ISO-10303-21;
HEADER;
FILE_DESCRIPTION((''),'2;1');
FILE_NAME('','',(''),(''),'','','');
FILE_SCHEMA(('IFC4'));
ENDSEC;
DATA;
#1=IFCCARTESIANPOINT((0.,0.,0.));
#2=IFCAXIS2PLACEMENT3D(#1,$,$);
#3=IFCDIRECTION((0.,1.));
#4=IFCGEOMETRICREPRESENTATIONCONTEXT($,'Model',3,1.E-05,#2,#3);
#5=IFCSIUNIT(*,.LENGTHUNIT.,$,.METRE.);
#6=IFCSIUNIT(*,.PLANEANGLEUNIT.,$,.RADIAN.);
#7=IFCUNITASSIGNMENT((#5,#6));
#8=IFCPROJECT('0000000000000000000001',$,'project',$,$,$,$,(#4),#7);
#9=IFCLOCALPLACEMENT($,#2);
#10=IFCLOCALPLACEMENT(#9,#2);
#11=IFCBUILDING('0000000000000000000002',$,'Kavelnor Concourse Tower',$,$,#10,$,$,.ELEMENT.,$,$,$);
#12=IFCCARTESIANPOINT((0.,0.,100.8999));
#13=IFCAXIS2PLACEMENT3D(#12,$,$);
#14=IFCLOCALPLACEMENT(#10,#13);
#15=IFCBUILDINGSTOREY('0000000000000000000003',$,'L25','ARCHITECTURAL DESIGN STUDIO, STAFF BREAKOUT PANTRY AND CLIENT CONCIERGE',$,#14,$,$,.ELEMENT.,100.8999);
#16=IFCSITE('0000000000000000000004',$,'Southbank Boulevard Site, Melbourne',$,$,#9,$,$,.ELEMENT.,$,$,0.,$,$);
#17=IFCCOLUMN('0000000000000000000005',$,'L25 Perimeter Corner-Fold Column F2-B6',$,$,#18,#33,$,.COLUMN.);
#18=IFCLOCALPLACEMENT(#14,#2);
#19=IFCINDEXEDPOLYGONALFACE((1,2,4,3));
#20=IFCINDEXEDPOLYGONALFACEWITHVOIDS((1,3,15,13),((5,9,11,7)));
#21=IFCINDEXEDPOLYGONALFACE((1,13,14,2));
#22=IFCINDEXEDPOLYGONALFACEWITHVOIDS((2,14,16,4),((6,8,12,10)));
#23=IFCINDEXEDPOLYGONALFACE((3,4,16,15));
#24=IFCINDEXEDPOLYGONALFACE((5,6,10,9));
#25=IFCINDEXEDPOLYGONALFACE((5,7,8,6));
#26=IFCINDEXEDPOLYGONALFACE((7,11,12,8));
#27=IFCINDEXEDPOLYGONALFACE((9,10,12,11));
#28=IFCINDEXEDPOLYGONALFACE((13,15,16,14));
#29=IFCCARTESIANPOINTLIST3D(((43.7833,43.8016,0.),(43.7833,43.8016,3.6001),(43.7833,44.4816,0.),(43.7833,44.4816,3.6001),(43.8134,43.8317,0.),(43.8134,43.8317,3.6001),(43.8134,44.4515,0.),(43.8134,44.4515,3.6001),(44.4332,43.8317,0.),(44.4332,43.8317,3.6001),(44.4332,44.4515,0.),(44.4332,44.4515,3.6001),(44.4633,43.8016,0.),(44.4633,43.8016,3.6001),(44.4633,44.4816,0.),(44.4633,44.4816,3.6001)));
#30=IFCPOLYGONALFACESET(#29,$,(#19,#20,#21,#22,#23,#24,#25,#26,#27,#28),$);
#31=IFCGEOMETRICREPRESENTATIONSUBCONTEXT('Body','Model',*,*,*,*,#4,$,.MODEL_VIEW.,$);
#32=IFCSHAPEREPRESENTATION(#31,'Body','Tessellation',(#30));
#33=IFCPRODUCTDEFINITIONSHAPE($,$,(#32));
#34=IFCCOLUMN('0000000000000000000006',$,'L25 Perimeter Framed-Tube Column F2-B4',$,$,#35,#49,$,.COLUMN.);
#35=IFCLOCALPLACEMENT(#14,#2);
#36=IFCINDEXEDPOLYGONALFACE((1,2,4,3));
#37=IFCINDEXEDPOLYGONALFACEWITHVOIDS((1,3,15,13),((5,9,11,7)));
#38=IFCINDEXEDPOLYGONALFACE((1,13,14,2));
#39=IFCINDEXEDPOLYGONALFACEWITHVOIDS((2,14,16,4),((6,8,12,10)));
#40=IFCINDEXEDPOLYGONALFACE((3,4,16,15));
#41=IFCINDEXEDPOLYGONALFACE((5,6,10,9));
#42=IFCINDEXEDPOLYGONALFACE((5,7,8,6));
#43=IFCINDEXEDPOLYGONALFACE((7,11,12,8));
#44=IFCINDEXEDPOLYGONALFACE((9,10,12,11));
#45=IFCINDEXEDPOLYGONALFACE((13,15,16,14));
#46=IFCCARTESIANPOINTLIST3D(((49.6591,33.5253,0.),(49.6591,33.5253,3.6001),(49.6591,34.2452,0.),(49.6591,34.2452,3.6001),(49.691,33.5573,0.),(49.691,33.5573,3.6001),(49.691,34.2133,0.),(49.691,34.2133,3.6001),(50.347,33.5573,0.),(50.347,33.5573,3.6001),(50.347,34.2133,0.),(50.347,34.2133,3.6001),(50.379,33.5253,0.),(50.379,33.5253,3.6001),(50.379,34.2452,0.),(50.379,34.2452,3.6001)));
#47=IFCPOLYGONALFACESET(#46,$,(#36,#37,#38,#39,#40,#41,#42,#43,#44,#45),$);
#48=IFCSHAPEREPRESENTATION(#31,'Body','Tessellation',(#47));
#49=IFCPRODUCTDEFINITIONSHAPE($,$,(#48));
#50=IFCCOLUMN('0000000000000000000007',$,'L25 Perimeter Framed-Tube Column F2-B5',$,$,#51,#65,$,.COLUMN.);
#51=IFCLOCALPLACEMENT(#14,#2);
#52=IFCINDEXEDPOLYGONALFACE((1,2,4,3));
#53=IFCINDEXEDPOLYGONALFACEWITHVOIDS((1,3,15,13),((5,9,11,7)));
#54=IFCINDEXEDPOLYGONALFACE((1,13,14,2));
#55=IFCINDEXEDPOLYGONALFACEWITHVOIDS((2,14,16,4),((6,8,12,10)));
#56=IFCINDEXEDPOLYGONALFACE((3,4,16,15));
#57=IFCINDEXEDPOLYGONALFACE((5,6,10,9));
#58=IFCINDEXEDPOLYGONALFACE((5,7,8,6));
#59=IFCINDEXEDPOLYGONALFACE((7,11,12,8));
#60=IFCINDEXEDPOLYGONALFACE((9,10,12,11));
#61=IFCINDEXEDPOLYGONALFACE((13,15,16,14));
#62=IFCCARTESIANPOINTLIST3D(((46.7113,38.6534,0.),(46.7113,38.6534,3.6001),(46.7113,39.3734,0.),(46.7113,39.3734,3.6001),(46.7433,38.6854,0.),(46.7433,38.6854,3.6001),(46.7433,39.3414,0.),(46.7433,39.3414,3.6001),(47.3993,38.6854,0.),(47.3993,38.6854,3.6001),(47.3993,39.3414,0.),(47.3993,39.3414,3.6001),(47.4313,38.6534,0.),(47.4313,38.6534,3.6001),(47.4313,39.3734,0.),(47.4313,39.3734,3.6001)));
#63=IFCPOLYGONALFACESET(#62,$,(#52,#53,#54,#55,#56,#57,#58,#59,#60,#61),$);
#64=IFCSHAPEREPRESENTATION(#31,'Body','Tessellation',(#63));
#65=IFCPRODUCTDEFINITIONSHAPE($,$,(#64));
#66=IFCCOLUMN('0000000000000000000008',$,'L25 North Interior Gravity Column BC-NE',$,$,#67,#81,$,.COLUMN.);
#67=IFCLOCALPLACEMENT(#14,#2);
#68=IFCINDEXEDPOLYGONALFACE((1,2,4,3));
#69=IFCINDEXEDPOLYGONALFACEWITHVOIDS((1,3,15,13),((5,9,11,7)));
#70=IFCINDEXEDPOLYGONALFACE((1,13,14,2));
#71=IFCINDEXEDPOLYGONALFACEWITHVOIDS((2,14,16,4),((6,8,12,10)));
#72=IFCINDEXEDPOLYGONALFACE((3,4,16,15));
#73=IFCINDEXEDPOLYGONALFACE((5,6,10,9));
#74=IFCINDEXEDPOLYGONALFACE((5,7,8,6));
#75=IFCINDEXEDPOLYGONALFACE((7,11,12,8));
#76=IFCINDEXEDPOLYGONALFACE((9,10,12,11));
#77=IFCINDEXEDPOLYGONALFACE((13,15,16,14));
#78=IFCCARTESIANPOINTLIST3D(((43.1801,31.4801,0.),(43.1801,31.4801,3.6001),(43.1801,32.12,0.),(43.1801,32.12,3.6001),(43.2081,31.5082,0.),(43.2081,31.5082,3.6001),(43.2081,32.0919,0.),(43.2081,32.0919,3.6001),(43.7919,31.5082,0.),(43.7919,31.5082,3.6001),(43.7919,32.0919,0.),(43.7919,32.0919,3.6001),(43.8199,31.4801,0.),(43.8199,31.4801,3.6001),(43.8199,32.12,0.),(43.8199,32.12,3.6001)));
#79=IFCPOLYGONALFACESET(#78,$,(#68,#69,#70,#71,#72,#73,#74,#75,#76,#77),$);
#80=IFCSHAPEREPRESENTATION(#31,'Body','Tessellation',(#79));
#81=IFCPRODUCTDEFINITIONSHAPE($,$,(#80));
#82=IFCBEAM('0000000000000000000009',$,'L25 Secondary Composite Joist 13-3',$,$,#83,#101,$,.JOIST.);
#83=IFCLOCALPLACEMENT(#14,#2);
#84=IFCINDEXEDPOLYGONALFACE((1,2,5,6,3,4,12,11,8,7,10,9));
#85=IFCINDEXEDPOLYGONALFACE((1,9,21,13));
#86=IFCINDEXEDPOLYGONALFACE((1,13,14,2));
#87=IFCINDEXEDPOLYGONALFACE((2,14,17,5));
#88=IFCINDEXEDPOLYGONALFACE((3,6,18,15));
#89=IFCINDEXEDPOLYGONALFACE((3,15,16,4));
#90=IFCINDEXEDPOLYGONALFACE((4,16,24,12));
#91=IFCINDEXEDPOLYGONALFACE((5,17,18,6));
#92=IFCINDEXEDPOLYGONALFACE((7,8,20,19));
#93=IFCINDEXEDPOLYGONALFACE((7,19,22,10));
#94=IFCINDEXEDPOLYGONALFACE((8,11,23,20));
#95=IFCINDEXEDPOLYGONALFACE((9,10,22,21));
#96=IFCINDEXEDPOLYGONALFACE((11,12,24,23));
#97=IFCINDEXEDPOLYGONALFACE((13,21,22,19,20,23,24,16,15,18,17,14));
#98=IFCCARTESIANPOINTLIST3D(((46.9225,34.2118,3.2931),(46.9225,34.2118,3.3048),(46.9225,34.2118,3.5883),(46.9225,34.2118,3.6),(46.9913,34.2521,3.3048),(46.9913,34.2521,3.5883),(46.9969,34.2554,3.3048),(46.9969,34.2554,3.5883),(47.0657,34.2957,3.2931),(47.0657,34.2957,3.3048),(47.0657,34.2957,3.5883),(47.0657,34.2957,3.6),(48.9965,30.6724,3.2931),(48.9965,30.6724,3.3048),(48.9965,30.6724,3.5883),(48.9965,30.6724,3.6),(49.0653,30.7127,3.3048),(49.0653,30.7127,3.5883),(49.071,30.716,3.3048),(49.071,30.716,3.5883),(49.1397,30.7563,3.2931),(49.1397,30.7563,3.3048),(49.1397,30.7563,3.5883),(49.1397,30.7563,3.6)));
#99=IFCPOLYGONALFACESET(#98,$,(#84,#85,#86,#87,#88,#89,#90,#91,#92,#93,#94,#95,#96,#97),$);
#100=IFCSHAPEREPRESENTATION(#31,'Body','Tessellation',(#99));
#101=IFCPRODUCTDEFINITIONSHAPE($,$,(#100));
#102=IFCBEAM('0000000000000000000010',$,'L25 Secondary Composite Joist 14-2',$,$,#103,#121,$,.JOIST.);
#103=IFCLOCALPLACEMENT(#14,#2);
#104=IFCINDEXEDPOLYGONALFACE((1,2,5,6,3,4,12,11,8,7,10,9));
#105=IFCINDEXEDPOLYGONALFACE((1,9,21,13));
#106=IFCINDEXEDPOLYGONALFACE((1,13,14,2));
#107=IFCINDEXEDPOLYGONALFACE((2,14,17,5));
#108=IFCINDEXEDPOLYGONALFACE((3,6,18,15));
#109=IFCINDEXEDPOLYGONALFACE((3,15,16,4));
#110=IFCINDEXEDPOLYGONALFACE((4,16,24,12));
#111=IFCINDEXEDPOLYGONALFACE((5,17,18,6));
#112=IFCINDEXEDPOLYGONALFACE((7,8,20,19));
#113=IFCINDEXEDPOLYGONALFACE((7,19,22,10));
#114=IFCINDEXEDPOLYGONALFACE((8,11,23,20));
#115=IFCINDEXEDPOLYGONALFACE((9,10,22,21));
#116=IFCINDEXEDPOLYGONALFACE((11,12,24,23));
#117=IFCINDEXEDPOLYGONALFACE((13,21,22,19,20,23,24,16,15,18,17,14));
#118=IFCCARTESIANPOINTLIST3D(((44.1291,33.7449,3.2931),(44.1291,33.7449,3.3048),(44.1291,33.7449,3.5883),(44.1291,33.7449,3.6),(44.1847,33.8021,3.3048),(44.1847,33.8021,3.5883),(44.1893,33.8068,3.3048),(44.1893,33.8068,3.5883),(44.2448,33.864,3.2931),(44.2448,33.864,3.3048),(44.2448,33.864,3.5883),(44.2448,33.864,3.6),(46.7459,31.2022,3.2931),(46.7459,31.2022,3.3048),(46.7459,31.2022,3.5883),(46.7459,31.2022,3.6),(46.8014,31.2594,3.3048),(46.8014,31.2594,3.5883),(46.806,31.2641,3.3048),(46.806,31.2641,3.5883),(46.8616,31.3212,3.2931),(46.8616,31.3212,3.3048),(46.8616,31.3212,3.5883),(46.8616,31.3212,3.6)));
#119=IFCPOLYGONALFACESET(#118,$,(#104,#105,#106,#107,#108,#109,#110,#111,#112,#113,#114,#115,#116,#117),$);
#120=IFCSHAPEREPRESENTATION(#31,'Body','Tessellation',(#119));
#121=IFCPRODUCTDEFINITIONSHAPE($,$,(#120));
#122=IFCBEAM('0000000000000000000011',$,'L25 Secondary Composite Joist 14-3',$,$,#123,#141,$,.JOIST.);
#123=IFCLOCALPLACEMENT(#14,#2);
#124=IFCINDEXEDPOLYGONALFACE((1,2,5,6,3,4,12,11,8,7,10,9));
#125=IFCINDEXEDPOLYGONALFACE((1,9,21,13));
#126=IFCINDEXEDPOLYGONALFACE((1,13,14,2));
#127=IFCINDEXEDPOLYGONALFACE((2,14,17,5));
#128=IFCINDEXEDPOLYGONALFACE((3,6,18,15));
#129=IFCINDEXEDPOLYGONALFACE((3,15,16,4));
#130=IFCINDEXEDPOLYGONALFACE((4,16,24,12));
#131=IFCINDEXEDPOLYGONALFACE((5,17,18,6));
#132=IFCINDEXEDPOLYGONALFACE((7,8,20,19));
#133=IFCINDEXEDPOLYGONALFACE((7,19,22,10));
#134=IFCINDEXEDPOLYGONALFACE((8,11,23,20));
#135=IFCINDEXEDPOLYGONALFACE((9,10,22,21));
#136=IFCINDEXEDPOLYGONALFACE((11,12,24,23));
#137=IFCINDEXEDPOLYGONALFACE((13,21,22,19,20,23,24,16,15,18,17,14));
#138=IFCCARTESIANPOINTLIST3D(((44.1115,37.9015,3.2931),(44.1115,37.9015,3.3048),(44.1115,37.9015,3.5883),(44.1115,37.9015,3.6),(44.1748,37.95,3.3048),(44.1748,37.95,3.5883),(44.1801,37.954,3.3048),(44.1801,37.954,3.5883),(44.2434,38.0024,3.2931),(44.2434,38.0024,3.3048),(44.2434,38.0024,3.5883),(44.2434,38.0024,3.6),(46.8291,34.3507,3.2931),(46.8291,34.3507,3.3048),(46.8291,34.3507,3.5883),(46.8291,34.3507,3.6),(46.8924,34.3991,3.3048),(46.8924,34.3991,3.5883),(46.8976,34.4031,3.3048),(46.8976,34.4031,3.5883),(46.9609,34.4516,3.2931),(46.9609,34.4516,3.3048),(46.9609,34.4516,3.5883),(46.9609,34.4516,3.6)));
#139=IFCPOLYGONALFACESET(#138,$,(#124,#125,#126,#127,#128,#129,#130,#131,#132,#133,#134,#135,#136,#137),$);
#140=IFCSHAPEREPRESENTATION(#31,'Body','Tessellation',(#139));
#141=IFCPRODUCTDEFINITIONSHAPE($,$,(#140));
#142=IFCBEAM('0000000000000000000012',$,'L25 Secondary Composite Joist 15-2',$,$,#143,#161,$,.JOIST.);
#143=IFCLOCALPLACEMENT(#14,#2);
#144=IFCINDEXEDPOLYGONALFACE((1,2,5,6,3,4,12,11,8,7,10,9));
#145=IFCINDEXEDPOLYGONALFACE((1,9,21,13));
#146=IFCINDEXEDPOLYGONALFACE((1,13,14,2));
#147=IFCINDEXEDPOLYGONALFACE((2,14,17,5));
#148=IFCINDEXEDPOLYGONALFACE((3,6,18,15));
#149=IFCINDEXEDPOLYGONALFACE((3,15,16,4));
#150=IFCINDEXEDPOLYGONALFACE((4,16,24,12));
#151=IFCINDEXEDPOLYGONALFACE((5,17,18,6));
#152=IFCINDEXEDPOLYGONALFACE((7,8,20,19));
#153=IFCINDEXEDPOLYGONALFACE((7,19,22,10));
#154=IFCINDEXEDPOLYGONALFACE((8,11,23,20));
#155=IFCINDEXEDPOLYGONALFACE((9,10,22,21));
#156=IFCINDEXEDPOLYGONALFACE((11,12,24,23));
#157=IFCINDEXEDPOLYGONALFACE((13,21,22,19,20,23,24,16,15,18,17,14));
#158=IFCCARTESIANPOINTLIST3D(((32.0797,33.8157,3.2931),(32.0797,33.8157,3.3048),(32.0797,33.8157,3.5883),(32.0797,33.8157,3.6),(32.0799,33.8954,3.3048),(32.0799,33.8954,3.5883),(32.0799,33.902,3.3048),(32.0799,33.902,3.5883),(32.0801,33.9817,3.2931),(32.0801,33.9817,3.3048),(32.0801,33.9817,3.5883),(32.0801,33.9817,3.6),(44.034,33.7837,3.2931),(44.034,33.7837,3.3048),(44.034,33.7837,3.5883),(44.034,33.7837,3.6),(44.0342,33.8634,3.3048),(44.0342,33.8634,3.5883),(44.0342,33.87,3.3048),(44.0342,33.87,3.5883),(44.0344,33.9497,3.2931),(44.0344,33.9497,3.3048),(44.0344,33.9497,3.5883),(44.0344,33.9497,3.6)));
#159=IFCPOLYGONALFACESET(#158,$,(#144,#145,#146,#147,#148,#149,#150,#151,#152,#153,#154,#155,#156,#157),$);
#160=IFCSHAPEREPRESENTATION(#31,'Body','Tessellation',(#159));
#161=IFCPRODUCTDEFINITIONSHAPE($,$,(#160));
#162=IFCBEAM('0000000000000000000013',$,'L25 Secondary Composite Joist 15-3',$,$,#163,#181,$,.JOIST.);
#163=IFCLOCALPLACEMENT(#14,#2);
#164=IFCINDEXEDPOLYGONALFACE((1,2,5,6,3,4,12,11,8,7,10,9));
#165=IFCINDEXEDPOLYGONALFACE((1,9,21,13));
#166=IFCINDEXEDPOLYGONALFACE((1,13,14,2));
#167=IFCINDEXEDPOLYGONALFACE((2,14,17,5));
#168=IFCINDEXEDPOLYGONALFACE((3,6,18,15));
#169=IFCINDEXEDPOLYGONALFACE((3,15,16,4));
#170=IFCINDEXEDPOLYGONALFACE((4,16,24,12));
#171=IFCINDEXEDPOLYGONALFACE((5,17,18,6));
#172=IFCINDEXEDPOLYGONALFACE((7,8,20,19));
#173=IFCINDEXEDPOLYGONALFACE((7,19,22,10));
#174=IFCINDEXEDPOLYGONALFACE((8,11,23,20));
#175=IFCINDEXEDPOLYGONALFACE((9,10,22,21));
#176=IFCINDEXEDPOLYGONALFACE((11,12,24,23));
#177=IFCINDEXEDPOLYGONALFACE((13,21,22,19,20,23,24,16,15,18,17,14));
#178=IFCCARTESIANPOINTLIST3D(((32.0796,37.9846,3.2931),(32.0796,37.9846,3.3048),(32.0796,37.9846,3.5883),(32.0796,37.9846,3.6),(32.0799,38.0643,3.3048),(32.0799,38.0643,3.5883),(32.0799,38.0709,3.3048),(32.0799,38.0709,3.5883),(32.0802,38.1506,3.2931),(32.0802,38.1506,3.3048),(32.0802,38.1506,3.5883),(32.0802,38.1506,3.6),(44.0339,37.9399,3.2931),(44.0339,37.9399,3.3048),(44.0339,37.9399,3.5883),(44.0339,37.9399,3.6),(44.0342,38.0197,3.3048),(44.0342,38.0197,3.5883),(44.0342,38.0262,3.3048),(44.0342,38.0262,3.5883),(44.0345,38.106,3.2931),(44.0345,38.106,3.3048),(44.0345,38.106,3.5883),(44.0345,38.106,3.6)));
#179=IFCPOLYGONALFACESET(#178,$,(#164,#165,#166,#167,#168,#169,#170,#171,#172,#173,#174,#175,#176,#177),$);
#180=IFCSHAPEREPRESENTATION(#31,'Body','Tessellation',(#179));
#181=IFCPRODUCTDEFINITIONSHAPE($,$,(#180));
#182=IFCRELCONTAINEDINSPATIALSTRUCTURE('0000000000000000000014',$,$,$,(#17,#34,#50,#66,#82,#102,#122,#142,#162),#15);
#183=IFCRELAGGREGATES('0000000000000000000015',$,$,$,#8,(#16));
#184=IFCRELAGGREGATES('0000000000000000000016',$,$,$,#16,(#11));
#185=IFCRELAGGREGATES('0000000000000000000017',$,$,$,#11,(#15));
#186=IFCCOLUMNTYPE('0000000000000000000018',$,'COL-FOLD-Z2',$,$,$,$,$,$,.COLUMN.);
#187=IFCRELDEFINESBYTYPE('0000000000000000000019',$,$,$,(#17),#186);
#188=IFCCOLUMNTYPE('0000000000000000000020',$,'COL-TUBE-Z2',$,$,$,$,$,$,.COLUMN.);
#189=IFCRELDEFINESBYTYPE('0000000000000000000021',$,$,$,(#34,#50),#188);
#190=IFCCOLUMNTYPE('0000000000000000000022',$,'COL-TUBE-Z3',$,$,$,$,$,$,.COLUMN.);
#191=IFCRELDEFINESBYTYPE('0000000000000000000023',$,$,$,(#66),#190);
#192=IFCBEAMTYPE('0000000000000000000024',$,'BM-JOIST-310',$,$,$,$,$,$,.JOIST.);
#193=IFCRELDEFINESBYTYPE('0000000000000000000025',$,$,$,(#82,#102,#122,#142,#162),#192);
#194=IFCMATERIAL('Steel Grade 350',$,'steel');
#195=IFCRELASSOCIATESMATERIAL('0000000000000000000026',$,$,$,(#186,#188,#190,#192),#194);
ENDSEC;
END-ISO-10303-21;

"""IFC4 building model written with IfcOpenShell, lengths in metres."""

from ifc_helpers import new_model, si_unit, direction, frame, origin, origin_2d, place, context, subcontext, project, spatial, hollow_rectangle, i_section, extrude, material, material_profile, profile_set, type_object, element, save


model = new_model("IFC4")

# Units and contexts
model_context = context("Model", 3, precision=1e-05, world=origin(), true_north=direction((0.0, 1.0)))
body_context = subcontext(model_context, "Body", "Model", "MODEL_VIEW")
ifc_project = project(units=[si_unit("LENGTHUNIT", "METRE"), si_unit("PLANEANGLEUNIT", "RADIAN")], contexts=[model_context])

# Site, building, storey
site_placement = place(None, origin())
site = spatial("IfcSite", under=ifc_project, at=site_placement, Name="Southbank Boulevard Site, Melbourne", CompositionType="ELEMENT", RefElevation=0.0)
building_placement = place(site_placement, origin())
building = spatial("IfcBuilding", under=site, at=building_placement, Name="Kavelnor Concourse Tower", CompositionType="ELEMENT")
storey_placement = place(building_placement, frame((0.0, 0.0, 100.8999)))
storey = spatial("IfcBuildingStorey", under=building, at=storey_placement, Name="L25", Description="ARCHITECTURAL DESIGN STUDIO, STAFF BREAKOUT PANTRY AND CLIENT CONCIERGE", CompositionType="ELEMENT", Elevation=100.8999)

# Columns
ifc_material_1 = material(Name="Steel Grade 350", Category="steel")
ifc_material_profile_1 = material_profile(ifc_material_1, hollow_rectangle(XDim=0.6799, YDim=0.6799, WallThickness=0.03, at=origin_2d()), Name="SHS 680x680x30")
ifc_profile_set_1 = profile_set([ifc_material_profile_1], Name="Steel Grade 350")
column_type_1 = type_object("IfcColumnType", Name="COL-FOLD-Z2", PredefinedType="COLUMN", material=ifc_profile_set_1)
column_1_placement = place(storey_placement, frame((44.1233, 44.1416, 0.0), z_axis=(0.0, 0.0, 1.0), x_axis=(1.0, 0.0, 0.0)))
element("IfcColumn", 1, at=column_1_placement, inside=storey, type_object=column_type_1, Name="L25 Perimeter Corner-Fold Column F2-B6", PredefinedType="COLUMN", context=body_context, shape_type="SweptSolid", body=[
    extrude(hollow_rectangle(XDim=0.6799, YDim=0.6799, WallThickness=0.03, at=origin_2d()), origin(), (0.0, 0.0, 1.0), 3.6001),
])
ifc_material_profile_2 = material_profile(ifc_material_1, hollow_rectangle(XDim=0.72, YDim=0.72, WallThickness=0.032, at=origin_2d()), Name="SHS 720x720x32")
ifc_profile_set_2 = profile_set([ifc_material_profile_2], Name="Steel Grade 350")
column_type_2 = type_object("IfcColumnType", Name="COL-TUBE-Z2", PredefinedType="COLUMN", material=ifc_profile_set_2)
for number, where, z_axis, x_axis, name in (
    (2, (50.019, 33.8853, 0.0), (0.0, 0.0, 1.0), (1.0, 0.0, 0.0), "L25 Perimeter Framed-Tube Column F2-B4"),
    (3, (47.0713, 39.0134, 0.0), (0.0, 0.0, 1.0), (1.0, 0.0, 0.0), "L25 Perimeter Framed-Tube Column F2-B5"),
):
    element("IfcColumn", number, at=place(storey_placement, frame(where, z_axis=z_axis, x_axis=x_axis)), inside=storey, type_object=column_type_2, Name=name, PredefinedType="COLUMN", context=body_context, shape_type="SweptSolid", body=[
        extrude(hollow_rectangle(XDim=0.72, YDim=0.72, WallThickness=0.032, at=origin_2d()), origin(), (0.0, 0.0, 1.0), 3.6001),
    ])
ifc_material_profile_3 = material_profile(ifc_material_1, hollow_rectangle(XDim=0.6399, YDim=0.6399, WallThickness=0.0281, at=origin_2d()), Name="SHS 640x640x28")
ifc_profile_set_3 = profile_set([ifc_material_profile_3], Name="Steel Grade 350")
column_type_3 = type_object("IfcColumnType", Name="COL-TUBE-Z3", PredefinedType="COLUMN", material=ifc_profile_set_3)
column_2_placement = place(storey_placement, frame((43.5, 31.8, 0.0), z_axis=(0.0, 0.0, 1.0), x_axis=(1.0, 0.0, 0.0)))
element("IfcColumn", 4, at=column_2_placement, inside=storey, type_object=column_type_3, Name="L25 North Interior Gravity Column BC-NE", PredefinedType="COLUMN", context=body_context, shape_type="SweptSolid", body=[
    extrude(hollow_rectangle(XDim=0.6399, YDim=0.6399, WallThickness=0.0281, at=origin_2d()), origin(), (0.0, 0.0, 1.0), 3.6001),
])

# Beams
ifc_material_profile_4 = material_profile(ifc_material_1, i_section(OverallWidth=0.166, OverallDepth=0.3069, WebThickness=0.0066, FlangeThickness=0.0117, at=origin_2d()), Name="310UB46")
ifc_profile_set_4 = profile_set([ifc_material_profile_4], Name="Steel Grade 350")
beam_type_1 = type_object("IfcBeamType", Name="BM-JOIST-310", PredefinedType="JOIST", material=ifc_profile_set_4)
beam_1_placement = place(storey_placement, frame((49.0681, 30.7144, 3.4465), z_axis=(-0.505576, 0.862782, 0.0), x_axis=(-0.862782, -0.505576, 0.0)))
element("IfcBeam", 5, at=beam_1_placement, inside=storey, type_object=beam_type_1, Name="L25 Secondary Composite Joist 13-3", PredefinedType="JOIST", context=body_context, shape_type="SweptSolid", body=[
    extrude(i_section(OverallWidth=0.166, OverallDepth=0.3069, WebThickness=0.0066, FlangeThickness=0.0117, at=origin_2d()), origin(), (0.0, 0.0, 1.0), 4.1023),
])
beam_2_placement = place(storey_placement, frame((46.8037, 31.2617, 3.4465), z_axis=(-0.717171, 0.696897, 0.0), x_axis=(-0.696897, -0.717171, 0.0)))
element("IfcBeam", 6, at=beam_2_placement, inside=storey, type_object=beam_type_1, Name="L25 Secondary Composite Joist 14-2", PredefinedType="JOIST", context=body_context, shape_type="SweptSolid", body=[
    extrude(i_section(OverallWidth=0.166, OverallDepth=0.3069, WebThickness=0.0066, FlangeThickness=0.0117, at=origin_2d()), origin(), (0.0, 0.0, 1.0), 3.6487),
])
beam_3_placement = place(storey_placement, frame((46.895, 34.4011, 3.4465), z_axis=(-0.607764, 0.794118, 0.0), x_axis=(-0.794118, -0.607764, 0.0)))
element("IfcBeam", 7, at=beam_3_placement, inside=storey, type_object=beam_type_1, Name="L25 Secondary Composite Joist 14-3", PredefinedType="JOIST", context=body_context, shape_type="SweptSolid", body=[
    extrude(i_section(OverallWidth=0.166, OverallDepth=0.3069, WebThickness=0.0066, FlangeThickness=0.0117, at=origin_2d()), origin(), (0.0, 0.0, 1.0), 4.4714),
])
for number, where, z_axis, x_axis, name in (
    (8, (44.0342, 33.8667, 3.4465), (-0.999996, 0.002675, 0.0), (-0.002675, -0.999996, 0.0), "L25 Secondary Composite Joist 15-2"),
    (9, (44.0342, 38.0229, 3.4465), (-0.999993, 0.003737, 0.0), (-0.003737, -0.999993, 0.0), "L25 Secondary Composite Joist 15-3"),
):
    element("IfcBeam", number, at=place(storey_placement, frame(where, z_axis=z_axis, x_axis=x_axis)), inside=storey, type_object=beam_type_1, Name=name, PredefinedType="JOIST", context=body_context, shape_type="SweptSolid", body=[
        extrude(i_section(OverallWidth=0.166, OverallDepth=0.3069, WebThickness=0.0066, FlangeThickness=0.0117, at=origin_2d()), origin(), (0.0, 0.0, 1.0), 11.9543),
    ])

save(model, "model.ifc")
